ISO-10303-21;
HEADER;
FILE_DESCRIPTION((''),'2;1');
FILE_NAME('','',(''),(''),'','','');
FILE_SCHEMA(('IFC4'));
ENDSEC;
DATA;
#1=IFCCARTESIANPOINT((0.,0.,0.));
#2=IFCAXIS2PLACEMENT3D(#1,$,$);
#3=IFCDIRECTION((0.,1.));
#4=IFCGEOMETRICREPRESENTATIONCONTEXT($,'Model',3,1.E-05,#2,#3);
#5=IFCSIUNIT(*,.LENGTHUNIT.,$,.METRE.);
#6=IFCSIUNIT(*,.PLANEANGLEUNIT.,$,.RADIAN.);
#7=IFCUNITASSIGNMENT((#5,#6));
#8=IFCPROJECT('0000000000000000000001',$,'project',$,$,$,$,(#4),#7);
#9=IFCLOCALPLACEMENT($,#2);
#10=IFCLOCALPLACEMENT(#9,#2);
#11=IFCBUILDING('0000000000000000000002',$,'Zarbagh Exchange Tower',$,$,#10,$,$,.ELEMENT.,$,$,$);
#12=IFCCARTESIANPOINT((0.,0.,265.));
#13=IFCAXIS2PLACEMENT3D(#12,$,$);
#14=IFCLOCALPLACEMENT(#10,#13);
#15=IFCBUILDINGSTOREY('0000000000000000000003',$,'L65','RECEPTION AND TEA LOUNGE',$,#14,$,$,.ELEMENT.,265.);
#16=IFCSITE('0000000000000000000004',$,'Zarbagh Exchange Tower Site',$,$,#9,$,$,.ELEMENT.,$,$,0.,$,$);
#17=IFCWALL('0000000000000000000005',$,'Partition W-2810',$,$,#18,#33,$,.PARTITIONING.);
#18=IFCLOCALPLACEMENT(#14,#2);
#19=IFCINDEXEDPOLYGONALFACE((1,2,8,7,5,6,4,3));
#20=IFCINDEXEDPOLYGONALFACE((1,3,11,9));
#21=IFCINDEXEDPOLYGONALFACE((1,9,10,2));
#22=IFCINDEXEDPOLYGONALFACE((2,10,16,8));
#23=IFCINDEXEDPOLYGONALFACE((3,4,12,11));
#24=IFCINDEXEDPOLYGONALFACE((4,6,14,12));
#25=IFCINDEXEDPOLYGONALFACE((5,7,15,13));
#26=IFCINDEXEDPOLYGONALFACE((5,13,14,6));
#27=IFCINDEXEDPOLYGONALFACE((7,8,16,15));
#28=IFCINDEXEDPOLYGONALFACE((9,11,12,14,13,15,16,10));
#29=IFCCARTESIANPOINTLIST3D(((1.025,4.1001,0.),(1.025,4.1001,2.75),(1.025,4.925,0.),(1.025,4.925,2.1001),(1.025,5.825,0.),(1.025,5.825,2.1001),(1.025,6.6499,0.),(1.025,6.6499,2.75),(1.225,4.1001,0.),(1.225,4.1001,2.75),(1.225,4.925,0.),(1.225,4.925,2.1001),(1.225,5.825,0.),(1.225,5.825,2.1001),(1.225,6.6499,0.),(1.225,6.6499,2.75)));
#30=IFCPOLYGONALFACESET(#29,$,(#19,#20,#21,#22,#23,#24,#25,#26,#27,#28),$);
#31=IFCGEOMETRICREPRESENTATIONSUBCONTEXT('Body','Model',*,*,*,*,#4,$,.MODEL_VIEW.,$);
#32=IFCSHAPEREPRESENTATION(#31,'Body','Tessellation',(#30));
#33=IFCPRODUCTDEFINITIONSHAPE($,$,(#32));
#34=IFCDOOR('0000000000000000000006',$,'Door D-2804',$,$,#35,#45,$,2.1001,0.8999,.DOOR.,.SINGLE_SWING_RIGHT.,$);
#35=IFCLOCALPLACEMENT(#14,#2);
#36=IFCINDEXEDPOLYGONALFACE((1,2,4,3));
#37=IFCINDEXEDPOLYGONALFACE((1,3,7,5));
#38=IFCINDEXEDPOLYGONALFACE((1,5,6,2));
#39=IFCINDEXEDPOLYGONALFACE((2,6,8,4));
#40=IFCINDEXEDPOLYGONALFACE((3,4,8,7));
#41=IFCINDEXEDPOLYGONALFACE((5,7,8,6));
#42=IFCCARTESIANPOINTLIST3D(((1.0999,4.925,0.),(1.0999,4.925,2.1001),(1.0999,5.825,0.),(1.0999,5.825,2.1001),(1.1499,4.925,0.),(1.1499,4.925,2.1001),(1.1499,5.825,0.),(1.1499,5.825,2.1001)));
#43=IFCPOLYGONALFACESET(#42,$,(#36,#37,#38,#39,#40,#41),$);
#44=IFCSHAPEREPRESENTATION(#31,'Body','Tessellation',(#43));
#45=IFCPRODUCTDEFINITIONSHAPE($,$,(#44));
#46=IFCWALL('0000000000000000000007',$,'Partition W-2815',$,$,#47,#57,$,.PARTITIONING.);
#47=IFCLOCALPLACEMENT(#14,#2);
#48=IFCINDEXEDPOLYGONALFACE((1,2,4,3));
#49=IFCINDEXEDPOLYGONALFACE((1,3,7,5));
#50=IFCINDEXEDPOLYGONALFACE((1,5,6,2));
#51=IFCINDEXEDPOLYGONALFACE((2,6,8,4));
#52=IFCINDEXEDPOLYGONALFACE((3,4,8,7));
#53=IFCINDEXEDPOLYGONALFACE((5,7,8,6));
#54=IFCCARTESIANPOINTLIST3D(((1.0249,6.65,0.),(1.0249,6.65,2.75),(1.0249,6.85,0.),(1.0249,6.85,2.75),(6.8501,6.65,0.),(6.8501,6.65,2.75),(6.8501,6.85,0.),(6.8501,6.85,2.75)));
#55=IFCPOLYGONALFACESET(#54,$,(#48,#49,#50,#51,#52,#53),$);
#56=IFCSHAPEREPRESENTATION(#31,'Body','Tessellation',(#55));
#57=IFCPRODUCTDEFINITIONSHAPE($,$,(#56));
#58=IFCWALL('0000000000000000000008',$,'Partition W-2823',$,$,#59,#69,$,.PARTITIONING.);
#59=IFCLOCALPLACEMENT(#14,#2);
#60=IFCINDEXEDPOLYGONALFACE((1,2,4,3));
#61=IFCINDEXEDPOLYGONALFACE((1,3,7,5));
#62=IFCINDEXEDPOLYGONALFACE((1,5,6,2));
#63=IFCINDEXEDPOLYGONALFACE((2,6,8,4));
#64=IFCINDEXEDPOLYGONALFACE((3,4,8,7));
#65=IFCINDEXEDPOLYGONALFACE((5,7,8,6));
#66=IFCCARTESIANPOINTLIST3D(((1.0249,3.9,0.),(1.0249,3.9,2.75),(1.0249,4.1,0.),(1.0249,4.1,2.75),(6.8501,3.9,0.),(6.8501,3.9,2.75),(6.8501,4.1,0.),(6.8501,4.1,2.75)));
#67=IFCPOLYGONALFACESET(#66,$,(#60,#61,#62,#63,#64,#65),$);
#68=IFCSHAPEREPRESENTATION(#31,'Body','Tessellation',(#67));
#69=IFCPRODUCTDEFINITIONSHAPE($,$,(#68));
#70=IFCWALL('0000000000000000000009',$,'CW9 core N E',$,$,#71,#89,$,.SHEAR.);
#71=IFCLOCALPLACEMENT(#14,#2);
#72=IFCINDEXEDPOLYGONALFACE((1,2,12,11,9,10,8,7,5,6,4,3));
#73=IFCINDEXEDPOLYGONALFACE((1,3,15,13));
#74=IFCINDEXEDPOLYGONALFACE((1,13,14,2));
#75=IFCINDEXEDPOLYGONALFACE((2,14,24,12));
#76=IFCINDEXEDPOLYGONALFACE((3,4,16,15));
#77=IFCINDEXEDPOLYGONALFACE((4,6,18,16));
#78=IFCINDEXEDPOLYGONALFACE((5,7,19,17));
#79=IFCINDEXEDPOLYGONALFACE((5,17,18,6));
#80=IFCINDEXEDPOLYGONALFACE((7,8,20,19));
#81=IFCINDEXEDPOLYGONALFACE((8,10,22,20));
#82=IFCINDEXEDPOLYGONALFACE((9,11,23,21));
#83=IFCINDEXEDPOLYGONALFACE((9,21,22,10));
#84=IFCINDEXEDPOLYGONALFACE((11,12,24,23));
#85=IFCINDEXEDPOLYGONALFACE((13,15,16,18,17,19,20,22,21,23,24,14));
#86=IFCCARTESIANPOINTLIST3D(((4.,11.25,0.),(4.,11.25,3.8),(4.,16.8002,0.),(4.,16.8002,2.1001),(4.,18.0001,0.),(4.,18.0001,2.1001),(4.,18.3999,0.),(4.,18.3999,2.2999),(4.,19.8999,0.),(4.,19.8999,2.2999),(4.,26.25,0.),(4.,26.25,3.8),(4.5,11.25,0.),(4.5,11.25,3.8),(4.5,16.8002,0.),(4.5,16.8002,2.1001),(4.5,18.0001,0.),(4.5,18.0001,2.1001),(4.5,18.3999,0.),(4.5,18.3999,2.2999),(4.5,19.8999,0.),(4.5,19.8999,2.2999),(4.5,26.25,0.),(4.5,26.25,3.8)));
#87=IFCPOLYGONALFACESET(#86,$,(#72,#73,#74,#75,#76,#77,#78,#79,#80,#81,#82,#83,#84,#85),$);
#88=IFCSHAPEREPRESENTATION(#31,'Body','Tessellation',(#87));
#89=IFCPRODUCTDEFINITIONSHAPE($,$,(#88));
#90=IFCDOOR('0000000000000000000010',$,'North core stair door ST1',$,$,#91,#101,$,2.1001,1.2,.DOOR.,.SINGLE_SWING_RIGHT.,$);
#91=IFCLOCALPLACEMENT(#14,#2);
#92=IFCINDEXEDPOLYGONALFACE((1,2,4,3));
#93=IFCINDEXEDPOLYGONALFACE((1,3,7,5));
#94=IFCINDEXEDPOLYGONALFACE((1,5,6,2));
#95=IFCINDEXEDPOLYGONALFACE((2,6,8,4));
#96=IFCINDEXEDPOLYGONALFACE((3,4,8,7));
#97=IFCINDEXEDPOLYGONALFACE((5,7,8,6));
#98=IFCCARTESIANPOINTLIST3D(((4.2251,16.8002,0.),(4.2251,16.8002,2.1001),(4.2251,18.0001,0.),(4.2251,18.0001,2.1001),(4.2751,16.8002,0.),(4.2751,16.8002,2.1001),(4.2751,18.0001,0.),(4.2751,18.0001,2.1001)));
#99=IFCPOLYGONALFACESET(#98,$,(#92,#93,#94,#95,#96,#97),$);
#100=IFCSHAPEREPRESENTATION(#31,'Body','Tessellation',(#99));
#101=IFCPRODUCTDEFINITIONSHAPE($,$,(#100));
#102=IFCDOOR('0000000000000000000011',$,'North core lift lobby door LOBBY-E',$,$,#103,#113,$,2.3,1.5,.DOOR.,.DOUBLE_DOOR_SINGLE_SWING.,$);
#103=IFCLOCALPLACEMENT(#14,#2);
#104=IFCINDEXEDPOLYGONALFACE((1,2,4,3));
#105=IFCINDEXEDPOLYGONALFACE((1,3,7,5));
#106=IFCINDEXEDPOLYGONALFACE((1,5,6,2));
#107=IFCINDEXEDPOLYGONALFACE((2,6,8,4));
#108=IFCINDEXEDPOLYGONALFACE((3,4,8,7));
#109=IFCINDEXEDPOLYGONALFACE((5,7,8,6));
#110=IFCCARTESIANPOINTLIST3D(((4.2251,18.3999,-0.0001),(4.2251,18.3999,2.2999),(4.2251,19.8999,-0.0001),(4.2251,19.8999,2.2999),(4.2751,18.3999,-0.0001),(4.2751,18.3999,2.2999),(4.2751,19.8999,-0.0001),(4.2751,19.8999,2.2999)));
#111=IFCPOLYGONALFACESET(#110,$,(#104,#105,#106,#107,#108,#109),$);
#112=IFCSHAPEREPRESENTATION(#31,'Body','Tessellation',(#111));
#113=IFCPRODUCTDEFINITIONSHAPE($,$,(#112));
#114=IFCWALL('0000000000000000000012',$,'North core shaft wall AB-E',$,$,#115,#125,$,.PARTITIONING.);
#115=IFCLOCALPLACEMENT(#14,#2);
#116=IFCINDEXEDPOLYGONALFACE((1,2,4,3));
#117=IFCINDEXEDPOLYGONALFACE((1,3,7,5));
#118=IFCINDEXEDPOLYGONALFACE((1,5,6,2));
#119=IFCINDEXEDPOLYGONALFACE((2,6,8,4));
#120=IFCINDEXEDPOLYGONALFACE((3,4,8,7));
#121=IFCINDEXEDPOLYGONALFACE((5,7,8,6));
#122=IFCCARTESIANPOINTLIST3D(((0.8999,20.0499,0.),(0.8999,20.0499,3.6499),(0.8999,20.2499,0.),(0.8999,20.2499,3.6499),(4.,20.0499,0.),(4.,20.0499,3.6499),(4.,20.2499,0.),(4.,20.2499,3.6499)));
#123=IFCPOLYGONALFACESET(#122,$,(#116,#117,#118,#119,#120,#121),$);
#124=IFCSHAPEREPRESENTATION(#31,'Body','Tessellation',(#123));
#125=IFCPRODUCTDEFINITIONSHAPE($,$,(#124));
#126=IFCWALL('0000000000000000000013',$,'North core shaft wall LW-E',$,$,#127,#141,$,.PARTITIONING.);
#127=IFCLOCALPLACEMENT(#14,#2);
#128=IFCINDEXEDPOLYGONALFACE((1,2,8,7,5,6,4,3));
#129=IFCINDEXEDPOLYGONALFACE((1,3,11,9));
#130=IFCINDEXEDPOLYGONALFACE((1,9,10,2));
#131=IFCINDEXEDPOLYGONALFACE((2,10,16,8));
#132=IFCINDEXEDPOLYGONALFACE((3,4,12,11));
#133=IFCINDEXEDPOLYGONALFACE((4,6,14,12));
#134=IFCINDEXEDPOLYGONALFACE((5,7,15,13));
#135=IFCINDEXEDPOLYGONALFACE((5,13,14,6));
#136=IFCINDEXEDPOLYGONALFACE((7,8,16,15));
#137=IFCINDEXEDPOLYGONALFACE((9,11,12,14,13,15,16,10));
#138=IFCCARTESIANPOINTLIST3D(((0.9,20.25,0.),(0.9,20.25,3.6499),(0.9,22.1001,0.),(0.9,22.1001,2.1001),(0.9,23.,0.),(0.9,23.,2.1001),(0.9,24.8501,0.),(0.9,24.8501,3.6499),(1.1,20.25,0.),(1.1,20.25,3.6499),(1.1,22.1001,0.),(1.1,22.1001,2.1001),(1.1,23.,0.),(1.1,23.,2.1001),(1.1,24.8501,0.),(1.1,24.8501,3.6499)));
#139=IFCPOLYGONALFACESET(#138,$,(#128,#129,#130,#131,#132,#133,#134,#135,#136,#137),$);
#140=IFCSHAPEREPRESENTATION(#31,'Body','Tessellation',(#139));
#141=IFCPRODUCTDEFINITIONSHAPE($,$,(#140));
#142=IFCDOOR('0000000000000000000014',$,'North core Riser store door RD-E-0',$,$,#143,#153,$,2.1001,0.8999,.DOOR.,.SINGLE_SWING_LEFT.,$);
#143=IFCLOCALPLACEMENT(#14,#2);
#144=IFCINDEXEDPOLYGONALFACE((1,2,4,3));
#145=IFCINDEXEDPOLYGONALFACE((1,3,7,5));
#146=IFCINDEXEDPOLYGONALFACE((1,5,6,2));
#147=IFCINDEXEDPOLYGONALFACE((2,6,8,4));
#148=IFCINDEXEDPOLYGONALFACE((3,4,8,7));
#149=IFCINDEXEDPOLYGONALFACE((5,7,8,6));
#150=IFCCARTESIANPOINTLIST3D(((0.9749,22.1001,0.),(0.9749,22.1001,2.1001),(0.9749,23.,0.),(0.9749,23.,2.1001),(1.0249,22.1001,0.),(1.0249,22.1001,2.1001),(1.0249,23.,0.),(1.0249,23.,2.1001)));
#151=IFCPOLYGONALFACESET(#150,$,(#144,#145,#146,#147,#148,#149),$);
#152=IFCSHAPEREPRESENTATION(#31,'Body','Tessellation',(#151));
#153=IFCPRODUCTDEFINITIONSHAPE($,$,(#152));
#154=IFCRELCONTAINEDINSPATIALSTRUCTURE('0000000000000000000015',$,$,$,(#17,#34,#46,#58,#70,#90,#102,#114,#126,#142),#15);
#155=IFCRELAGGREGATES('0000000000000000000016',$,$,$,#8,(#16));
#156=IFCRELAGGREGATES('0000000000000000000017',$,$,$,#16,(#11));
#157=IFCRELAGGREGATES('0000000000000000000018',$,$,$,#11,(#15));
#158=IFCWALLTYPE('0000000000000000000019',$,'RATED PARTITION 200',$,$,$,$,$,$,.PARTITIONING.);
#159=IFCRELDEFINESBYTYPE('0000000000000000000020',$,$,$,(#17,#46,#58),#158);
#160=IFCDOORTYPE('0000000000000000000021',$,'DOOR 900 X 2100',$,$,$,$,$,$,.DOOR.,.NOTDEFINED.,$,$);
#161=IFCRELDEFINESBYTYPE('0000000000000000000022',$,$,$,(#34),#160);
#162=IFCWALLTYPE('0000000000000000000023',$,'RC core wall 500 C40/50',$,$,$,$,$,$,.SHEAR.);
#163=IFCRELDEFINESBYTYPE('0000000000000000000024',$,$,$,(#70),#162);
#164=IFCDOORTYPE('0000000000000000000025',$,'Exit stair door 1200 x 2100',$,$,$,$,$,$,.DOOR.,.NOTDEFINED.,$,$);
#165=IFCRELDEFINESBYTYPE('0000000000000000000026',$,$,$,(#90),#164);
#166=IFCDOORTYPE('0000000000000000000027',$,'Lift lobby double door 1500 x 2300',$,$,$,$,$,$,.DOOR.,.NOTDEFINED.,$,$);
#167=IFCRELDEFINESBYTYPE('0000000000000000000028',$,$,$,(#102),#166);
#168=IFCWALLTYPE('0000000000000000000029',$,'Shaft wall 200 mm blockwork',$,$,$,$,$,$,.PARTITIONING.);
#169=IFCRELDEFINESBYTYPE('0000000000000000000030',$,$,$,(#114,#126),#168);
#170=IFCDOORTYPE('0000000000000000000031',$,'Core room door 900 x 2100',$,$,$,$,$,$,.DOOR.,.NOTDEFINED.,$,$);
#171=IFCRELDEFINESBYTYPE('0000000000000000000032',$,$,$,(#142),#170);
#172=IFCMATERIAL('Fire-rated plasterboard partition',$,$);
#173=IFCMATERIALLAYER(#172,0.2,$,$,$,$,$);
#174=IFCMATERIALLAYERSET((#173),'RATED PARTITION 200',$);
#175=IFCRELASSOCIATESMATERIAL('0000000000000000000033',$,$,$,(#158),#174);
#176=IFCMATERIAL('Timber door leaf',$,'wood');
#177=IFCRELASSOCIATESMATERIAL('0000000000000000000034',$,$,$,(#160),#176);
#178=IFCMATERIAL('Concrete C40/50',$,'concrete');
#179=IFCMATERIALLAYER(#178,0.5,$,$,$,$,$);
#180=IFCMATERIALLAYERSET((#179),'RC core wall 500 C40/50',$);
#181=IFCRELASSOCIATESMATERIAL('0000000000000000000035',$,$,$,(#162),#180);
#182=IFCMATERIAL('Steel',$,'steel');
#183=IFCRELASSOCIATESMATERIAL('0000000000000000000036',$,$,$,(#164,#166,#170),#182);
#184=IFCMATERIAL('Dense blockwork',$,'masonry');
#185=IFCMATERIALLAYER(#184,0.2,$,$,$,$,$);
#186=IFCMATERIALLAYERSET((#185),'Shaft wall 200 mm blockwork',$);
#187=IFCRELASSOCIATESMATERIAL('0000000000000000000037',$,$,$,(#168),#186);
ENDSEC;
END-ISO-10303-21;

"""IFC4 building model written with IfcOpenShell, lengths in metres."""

from ifc_helpers import new_model, si_unit, direction, frame, frame_2d, origin, place, context, subcontext, project, spatial, rectangle, extrude, material, layer, layer_set, type_object, element, fill, save


model = new_model("IFC4")

# Units and contexts
model_context = context("Model", 3, precision=1e-05, world=origin(), true_north=direction((0.0, 1.0)))
body_context = subcontext(model_context, "Body", "Model", "MODEL_VIEW")
ifc_project = project(units=[si_unit("LENGTHUNIT", "METRE"), si_unit("PLANEANGLEUNIT", "RADIAN")], contexts=[model_context])

# Site, building, storey
site_placement = place(None, origin())
site = spatial("IfcSite", under=ifc_project, at=site_placement, Name="Zarbagh Exchange Tower Site", CompositionType="ELEMENT", RefElevation=0.0)
building_placement = place(site_placement, origin())
building = spatial("IfcBuilding", under=site, at=building_placement, Name="Zarbagh Exchange Tower", CompositionType="ELEMENT")
storey_placement = place(building_placement, frame((0.0, 0.0, 265.0)))
storey = spatial("IfcBuildingStorey", under=building, at=storey_placement, Name="L65", Description="RECEPTION AND TEA LOUNGE", CompositionType="ELEMENT", Elevation=265.0)

# Shared definitions
ifc_material_1 = material(Name="Concrete C40/50", Category="concrete")

# Shared definitions
ifc_material_2 = material(Name="Fire-rated plasterboard partition")
ifc_layer_1 = layer(ifc_material_2, 0.2)
ifc_layer_set_1 = layer_set([ifc_layer_1], Name="RATED PARTITION 200")
wall_type_1 = type_object("IfcWallType", Name="RATED PARTITION 200", PredefinedType="PARTITIONING", material=ifc_layer_set_1)
ifc_material_3 = material(Name="Timber door leaf", Category="wood")
door_type_1 = type_object("IfcDoorType", Name="DOOR 900 X 2100", OperationType="NOTDEFINED", PredefinedType="DOOR", material=ifc_material_3)

# Wall, opening, door
wall_1_placement = place(storey_placement, frame((1.125, 6.6499, 0.0), z_axis=(0.0, 0.0, 1.0), x_axis=(0.0, -1.0, 0.0)))
wall_1 = element("IfcWall", 1, at=wall_1_placement, inside=storey, type_object=wall_type_1, Name="Partition W-2810", PredefinedType="PARTITIONING", context=body_context, shape_type="SweptSolid", body=[
    extrude(rectangle(XDim=2.5498, YDim=0.2, at=frame_2d((1.2749, 0.0))), origin(), (0.0, 0.0, 1.0), 2.75),
])
opening_1_placement = place(wall_1_placement, frame((0.825, 0.0, 0.0)))
opening_1 = element("IfcOpeningElement", 2, at=opening_1_placement, cuts=wall_1, PredefinedType="OPENING", context=body_context, shape_type="SweptSolid", body=[
    extrude(rectangle(XDim=0.8999, YDim=2.1001, at=frame_2d((0.45, 1.05))), frame((0.0, 0.1099, 0.0), z_axis=(0.0, -1.0, 0.0), x_axis=(1.0, 0.0, 0.0)), (0.0, 0.0, 1.0), 0.22),
])
door_1_placement = place(opening_1_placement, origin())
door_1 = element("IfcDoor", 3, at=door_1_placement, inside=storey, type_object=door_type_1, Name="Door D-2804", OperationType="SINGLE_SWING_RIGHT", OverallHeight=2.1001, OverallWidth=0.8999, PredefinedType="DOOR", context=body_context, shape_type="SweptSolid", body=[
    extrude(rectangle(XDim=0.8999, YDim=2.1001, at=frame_2d((0.45, 1.05))), frame((0.0, 0.0249, 0.0), z_axis=(0.0, -1.0, 0.0), x_axis=(1.0, 0.0, 0.0)), (0.0, 0.0, 1.0), 0.05),
])
fill(opening_1, door_1)

# Walls
for number, where, z_axis, x_axis, name in (
    (4, (1.0249, 6.75, 0.0), (0.0, 0.0, 1.0), (1.0, 0.0, 0.0), "Partition W-2815"),
    (5, (1.0249, 4.0, 0.0), (0.0, 0.0, 1.0), (1.0, 0.0, 0.0), "Partition W-2823"),
):
    element("IfcWall", number, at=place(storey_placement, frame(where, z_axis=z_axis, x_axis=x_axis)), inside=storey, type_object=wall_type_1, Name=name, PredefinedType="PARTITIONING", context=body_context, shape_type="SweptSolid", body=[
        extrude(rectangle(XDim=5.8252, YDim=0.2, at=frame_2d((2.9126, 0.0))), origin(), (0.0, 0.0, 1.0), 2.75),
    ])

# Wall, openings, doors
ifc_layer_2 = layer(ifc_material_1, 0.5)
ifc_layer_set_2 = layer_set([ifc_layer_2], Name="RC core wall 500 C40/50")
wall_type_2 = type_object("IfcWallType", Name="RC core wall 500 C40/50", PredefinedType="SHEAR", material=ifc_layer_set_2)
wall_2_placement = place(storey_placement, frame((4.25, 11.25, 0.0), z_axis=(0.0, 0.0, 1.0), x_axis=(0.0, 1.0, 0.0)))
wall_2 = element("IfcWall", 6, at=wall_2_placement, inside=storey, type_object=wall_type_2, Name="CW9 core N E", PredefinedType="SHEAR", context=body_context, shape_type="SweptSolid", body=[
    extrude(rectangle(XDim=15.0, YDim=0.5, at=frame_2d((7.5, 0.0))), origin(), (0.0, 0.0, 1.0), 3.8),
])
opening_2_placement = place(wall_2_placement, frame((7.1499, 0.0, 0.0)))
opening_2 = element("IfcOpeningElement", 7, at=opening_2_placement, cuts=wall_2, PredefinedType="OPENING", context=body_context, shape_type="SweptSolid", body=[
    extrude(rectangle(XDim=1.5, YDim=2.3, at=frame_2d((0.75, 1.1499))), frame((0.0, 0.26, 0.0), z_axis=(0.0, -1.0, 0.0), x_axis=(1.0, 0.0, 0.0)), (0.0, 0.0, 1.0), 0.52),
])
opening_3_placement = place(wall_2_placement, frame((5.55, 0.0, 0.0)))
opening_3 = element("IfcOpeningElement", 8, at=opening_3_placement, cuts=wall_2, PredefinedType="OPENING", context=body_context, shape_type="SweptSolid", body=[
    extrude(rectangle(XDim=1.2, YDim=2.1001, at=frame_2d((0.6001, 1.05))), frame((0.0, 0.26, 0.0), z_axis=(0.0, -1.0, 0.0), x_axis=(1.0, 0.0, 0.0)), (0.0, 0.0, 1.0), 0.52),
])
ifc_material_4 = material(Name="Steel", Category="steel")
door_type_2 = type_object("IfcDoorType", Name="Exit stair door 1200 x 2100", OperationType="NOTDEFINED", PredefinedType="DOOR", material=ifc_material_4)
door_2_placement = place(opening_3_placement, origin())
door_2 = element("IfcDoor", 9, at=door_2_placement, inside=storey, type_object=door_type_2, Name="North core stair door ST1", OperationType="SINGLE_SWING_RIGHT", OverallHeight=2.1001, OverallWidth=1.2, PredefinedType="DOOR", context=body_context, shape_type="SweptSolid", body=[
    extrude(rectangle(XDim=1.2, YDim=2.1001, at=frame_2d((0.6001, 1.05))), frame((0.0, 0.0249, 0.0), z_axis=(0.0, -1.0, 0.0), x_axis=(1.0, 0.0, 0.0)), (0.0, 0.0, 1.0), 0.05),
])
fill(opening_3, door_2)
door_type_3 = type_object("IfcDoorType", Name="Lift lobby double door 1500 x 2300", OperationType="NOTDEFINED", PredefinedType="DOOR", material=ifc_material_4)
door_3_placement = place(opening_2_placement, origin())
door_3 = element("IfcDoor", 10, at=door_3_placement, inside=storey, type_object=door_type_3, Name="North core lift lobby door LOBBY-E", OperationType="DOUBLE_DOOR_SINGLE_SWING", OverallHeight=2.3, OverallWidth=1.5, PredefinedType="DOOR", context=body_context, shape_type="SweptSolid", body=[
    extrude(rectangle(XDim=1.5, YDim=2.3, at=frame_2d((0.75, 1.1499))), frame((0.0, 0.0249, 0.0), z_axis=(0.0, -1.0, 0.0), x_axis=(1.0, 0.0, 0.0)), (0.0, 0.0, 1.0), 0.05),
])
fill(opening_2, door_3)

# Wall
ifc_material_5 = material(Name="Dense blockwork", Category="masonry")
ifc_layer_3 = layer(ifc_material_5, 0.2)
ifc_layer_set_3 = layer_set([ifc_layer_3], Name="Shaft wall 200 mm blockwork")
wall_type_3 = type_object("IfcWallType", Name="Shaft wall 200 mm blockwork", PredefinedType="PARTITIONING", material=ifc_layer_set_3)
wall_3_placement = place(storey_placement, frame((0.8999, 20.1499, 0.0), z_axis=(0.0, 0.0, 1.0), x_axis=(1.0, 0.0, 0.0)))
element("IfcWall", 11, at=wall_3_placement, inside=storey, type_object=wall_type_3, Name="North core shaft wall AB-E", PredefinedType="PARTITIONING", context=body_context, shape_type="SweptSolid", body=[
    extrude(rectangle(XDim=3.1001, YDim=0.2, at=frame_2d((1.55, 0.0))), origin(), (0.0, 0.0, 1.0), 3.6499),
])

# Wall, opening, door
wall_4_placement = place(storey_placement, frame((1.0, 24.8501, 0.0), z_axis=(0.0, 0.0, 1.0), x_axis=(0.0, -1.0, 0.0)))
wall_4 = element("IfcWall", 12, at=wall_4_placement, inside=storey, type_object=wall_type_3, Name="North core shaft wall LW-E", PredefinedType="PARTITIONING", context=body_context, shape_type="SweptSolid", body=[
    extrude(rectangle(XDim=4.6001, YDim=0.2, at=frame_2d((2.3, 0.0))), origin(), (0.0, 0.0, 1.0), 3.6499),
])
opening_4_placement = place(wall_4_placement, frame((1.8501, 0.0, 0.0)))
opening_4 = element("IfcOpeningElement", 13, at=opening_4_placement, cuts=wall_4, PredefinedType="OPENING", context=body_context, shape_type="SweptSolid", body=[
    extrude(rectangle(XDim=0.8999, YDim=2.1001, at=frame_2d((0.45, 1.05))), frame((0.0, 0.1099, 0.0), z_axis=(0.0, -1.0, 0.0), x_axis=(1.0, 0.0, 0.0)), (0.0, 0.0, 1.0), 0.22),
])
door_type_4 = type_object("IfcDoorType", Name="Core room door 900 x 2100", OperationType="NOTDEFINED", PredefinedType="DOOR", material=ifc_material_4)
door_4_placement = place(opening_4_placement, origin())
door_4 = element("IfcDoor", 14, at=door_4_placement, inside=storey, type_object=door_type_4, Name="North core Riser store door RD-E-0", OperationType="SINGLE_SWING_LEFT", OverallHeight=2.1001, OverallWidth=0.8999, PredefinedType="DOOR", context=body_context, shape_type="SweptSolid", body=[
    extrude(rectangle(XDim=0.8999, YDim=2.1001, at=frame_2d((0.45, 1.05))), frame((0.0, 0.0249, 0.0), z_axis=(0.0, -1.0, 0.0), x_axis=(1.0, 0.0, 0.0)), (0.0, 0.0, 1.0), 0.05),
])
fill(opening_4, door_4)

save(model, "model.ifc")
